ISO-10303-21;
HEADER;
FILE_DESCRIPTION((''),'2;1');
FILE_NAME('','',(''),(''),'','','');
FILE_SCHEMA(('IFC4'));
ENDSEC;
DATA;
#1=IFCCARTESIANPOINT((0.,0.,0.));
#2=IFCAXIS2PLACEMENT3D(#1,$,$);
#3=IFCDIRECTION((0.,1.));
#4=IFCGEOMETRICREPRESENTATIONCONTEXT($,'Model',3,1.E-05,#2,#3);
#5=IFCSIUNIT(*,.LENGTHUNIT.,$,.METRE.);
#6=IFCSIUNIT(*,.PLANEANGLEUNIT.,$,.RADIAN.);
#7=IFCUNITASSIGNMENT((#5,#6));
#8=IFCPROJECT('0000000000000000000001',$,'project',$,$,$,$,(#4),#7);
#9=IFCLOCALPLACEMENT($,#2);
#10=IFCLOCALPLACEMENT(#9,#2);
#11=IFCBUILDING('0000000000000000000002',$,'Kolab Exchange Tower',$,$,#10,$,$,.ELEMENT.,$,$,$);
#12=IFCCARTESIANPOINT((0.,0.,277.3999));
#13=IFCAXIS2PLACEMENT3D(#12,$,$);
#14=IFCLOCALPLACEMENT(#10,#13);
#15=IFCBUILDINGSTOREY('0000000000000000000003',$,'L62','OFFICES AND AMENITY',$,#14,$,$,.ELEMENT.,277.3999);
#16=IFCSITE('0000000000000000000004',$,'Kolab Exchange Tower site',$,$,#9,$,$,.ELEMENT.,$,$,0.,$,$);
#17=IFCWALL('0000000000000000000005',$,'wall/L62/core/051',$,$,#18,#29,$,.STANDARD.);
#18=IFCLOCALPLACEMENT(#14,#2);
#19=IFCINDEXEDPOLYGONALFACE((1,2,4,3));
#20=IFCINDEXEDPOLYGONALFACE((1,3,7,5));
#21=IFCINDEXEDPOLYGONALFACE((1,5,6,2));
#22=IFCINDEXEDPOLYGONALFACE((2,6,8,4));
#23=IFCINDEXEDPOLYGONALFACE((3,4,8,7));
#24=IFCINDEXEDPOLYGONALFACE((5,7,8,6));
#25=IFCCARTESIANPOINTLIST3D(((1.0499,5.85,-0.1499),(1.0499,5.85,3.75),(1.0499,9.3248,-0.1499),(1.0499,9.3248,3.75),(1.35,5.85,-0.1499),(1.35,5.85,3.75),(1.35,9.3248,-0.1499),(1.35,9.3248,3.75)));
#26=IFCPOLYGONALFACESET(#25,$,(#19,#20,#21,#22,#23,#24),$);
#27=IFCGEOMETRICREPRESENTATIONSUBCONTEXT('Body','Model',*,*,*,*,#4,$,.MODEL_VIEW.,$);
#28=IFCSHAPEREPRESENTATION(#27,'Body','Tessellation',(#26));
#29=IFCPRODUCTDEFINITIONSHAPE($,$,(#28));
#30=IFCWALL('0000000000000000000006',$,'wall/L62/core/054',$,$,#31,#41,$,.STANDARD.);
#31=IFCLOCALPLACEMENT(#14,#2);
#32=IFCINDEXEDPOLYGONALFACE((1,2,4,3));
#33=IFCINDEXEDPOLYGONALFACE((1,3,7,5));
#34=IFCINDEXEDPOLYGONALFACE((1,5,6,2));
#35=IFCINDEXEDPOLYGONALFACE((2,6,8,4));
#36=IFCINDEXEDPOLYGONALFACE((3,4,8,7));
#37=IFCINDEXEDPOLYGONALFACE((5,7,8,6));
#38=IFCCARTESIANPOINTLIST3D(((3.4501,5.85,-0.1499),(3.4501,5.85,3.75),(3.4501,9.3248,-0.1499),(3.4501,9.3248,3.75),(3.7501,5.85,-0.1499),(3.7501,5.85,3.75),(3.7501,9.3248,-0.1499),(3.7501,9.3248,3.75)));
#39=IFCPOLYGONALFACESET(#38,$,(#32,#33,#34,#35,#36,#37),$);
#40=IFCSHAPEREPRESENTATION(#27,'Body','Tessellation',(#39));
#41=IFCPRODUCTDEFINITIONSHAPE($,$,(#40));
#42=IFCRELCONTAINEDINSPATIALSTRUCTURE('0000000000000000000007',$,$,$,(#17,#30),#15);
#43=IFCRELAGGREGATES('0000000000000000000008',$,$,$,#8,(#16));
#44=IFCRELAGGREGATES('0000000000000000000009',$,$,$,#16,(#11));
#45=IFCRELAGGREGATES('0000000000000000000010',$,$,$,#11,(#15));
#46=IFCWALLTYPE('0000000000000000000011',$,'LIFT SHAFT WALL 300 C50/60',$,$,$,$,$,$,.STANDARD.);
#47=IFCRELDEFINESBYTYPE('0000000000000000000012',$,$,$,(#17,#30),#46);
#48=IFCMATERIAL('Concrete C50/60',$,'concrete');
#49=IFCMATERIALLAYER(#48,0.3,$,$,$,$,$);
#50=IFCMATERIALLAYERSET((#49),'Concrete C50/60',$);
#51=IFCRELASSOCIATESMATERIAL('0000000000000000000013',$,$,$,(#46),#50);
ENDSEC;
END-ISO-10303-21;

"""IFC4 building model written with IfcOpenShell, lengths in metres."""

from ifc_helpers import new_model, si_unit, direction, frame, frame_2d, origin, place, context, subcontext, project, spatial, rectangle, extrude, material, layer, layer_set, type_object, element, save


model = new_model("IFC4")

# Units and contexts
model_context = context("Model", 3, precision=1e-05, world=origin(), true_north=direction((0.0, 1.0)))
body_context = subcontext(model_context, "Body", "Model", "MODEL_VIEW")
ifc_project = project(units=[si_unit("LENGTHUNIT", "METRE"), si_unit("PLANEANGLEUNIT", "RADIAN")], contexts=[model_context])

# Site, building, storey
site_placement = place(None, origin())
site = spatial("IfcSite", under=ifc_project, at=site_placement, Name="Kolab Exchange Tower site", CompositionType="ELEMENT", RefElevation=0.0)
building_placement = place(site_placement, origin())
building = spatial("IfcBuilding", under=site, at=building_placement, Name="Kolab Exchange Tower", CompositionType="ELEMENT")
storey_placement = place(building_placement, frame((0.0, 0.0, 277.3999)))
storey = spatial("IfcBuildingStorey", under=building, at=storey_placement, Name="L62", Description="OFFICES AND AMENITY", CompositionType="ELEMENT", Elevation=277.3999)

# Shared definitions
ifc_material_1 = material(Name="Concrete C50/60", Category="concrete")

# Shared definitions
ifc_layer_1 = layer(ifc_material_1, 0.3)
ifc_layer_set_1 = layer_set([ifc_layer_1], Name="Concrete C50/60")
wall_type = type_object("IfcWallType", Name="LIFT SHAFT WALL 300 C50/60", PredefinedType="STANDARD", material=ifc_layer_set_1)

# Walls
for number, where, z_axis, x_axis, name in (
    (1, (1.2, 5.8501, -0.1499), (0.0, 0.0, 1.0), (0.0, 1.0, 0.0), "wall/L62/core/051"),
    (2, (3.6001, 5.8501, -0.1499), (0.0, 0.0, 1.0), (0.0, 1.0, 0.0), "wall/L62/core/054"),
):
    element("IfcWall", number, at=place(storey_placement, frame(where, z_axis=z_axis, x_axis=x_axis)), inside=storey, type_object=wall_type, Name=name, PredefinedType="STANDARD", context=body_context, shape_type="SweptSolid", body=[
        extrude(rectangle(XDim=3.4749, YDim=0.3, at=frame_2d((1.7373, 0.0))), origin(), (0.0, 0.0, 1.0), 3.8999),
    ])

save(model, "model.ifc")
